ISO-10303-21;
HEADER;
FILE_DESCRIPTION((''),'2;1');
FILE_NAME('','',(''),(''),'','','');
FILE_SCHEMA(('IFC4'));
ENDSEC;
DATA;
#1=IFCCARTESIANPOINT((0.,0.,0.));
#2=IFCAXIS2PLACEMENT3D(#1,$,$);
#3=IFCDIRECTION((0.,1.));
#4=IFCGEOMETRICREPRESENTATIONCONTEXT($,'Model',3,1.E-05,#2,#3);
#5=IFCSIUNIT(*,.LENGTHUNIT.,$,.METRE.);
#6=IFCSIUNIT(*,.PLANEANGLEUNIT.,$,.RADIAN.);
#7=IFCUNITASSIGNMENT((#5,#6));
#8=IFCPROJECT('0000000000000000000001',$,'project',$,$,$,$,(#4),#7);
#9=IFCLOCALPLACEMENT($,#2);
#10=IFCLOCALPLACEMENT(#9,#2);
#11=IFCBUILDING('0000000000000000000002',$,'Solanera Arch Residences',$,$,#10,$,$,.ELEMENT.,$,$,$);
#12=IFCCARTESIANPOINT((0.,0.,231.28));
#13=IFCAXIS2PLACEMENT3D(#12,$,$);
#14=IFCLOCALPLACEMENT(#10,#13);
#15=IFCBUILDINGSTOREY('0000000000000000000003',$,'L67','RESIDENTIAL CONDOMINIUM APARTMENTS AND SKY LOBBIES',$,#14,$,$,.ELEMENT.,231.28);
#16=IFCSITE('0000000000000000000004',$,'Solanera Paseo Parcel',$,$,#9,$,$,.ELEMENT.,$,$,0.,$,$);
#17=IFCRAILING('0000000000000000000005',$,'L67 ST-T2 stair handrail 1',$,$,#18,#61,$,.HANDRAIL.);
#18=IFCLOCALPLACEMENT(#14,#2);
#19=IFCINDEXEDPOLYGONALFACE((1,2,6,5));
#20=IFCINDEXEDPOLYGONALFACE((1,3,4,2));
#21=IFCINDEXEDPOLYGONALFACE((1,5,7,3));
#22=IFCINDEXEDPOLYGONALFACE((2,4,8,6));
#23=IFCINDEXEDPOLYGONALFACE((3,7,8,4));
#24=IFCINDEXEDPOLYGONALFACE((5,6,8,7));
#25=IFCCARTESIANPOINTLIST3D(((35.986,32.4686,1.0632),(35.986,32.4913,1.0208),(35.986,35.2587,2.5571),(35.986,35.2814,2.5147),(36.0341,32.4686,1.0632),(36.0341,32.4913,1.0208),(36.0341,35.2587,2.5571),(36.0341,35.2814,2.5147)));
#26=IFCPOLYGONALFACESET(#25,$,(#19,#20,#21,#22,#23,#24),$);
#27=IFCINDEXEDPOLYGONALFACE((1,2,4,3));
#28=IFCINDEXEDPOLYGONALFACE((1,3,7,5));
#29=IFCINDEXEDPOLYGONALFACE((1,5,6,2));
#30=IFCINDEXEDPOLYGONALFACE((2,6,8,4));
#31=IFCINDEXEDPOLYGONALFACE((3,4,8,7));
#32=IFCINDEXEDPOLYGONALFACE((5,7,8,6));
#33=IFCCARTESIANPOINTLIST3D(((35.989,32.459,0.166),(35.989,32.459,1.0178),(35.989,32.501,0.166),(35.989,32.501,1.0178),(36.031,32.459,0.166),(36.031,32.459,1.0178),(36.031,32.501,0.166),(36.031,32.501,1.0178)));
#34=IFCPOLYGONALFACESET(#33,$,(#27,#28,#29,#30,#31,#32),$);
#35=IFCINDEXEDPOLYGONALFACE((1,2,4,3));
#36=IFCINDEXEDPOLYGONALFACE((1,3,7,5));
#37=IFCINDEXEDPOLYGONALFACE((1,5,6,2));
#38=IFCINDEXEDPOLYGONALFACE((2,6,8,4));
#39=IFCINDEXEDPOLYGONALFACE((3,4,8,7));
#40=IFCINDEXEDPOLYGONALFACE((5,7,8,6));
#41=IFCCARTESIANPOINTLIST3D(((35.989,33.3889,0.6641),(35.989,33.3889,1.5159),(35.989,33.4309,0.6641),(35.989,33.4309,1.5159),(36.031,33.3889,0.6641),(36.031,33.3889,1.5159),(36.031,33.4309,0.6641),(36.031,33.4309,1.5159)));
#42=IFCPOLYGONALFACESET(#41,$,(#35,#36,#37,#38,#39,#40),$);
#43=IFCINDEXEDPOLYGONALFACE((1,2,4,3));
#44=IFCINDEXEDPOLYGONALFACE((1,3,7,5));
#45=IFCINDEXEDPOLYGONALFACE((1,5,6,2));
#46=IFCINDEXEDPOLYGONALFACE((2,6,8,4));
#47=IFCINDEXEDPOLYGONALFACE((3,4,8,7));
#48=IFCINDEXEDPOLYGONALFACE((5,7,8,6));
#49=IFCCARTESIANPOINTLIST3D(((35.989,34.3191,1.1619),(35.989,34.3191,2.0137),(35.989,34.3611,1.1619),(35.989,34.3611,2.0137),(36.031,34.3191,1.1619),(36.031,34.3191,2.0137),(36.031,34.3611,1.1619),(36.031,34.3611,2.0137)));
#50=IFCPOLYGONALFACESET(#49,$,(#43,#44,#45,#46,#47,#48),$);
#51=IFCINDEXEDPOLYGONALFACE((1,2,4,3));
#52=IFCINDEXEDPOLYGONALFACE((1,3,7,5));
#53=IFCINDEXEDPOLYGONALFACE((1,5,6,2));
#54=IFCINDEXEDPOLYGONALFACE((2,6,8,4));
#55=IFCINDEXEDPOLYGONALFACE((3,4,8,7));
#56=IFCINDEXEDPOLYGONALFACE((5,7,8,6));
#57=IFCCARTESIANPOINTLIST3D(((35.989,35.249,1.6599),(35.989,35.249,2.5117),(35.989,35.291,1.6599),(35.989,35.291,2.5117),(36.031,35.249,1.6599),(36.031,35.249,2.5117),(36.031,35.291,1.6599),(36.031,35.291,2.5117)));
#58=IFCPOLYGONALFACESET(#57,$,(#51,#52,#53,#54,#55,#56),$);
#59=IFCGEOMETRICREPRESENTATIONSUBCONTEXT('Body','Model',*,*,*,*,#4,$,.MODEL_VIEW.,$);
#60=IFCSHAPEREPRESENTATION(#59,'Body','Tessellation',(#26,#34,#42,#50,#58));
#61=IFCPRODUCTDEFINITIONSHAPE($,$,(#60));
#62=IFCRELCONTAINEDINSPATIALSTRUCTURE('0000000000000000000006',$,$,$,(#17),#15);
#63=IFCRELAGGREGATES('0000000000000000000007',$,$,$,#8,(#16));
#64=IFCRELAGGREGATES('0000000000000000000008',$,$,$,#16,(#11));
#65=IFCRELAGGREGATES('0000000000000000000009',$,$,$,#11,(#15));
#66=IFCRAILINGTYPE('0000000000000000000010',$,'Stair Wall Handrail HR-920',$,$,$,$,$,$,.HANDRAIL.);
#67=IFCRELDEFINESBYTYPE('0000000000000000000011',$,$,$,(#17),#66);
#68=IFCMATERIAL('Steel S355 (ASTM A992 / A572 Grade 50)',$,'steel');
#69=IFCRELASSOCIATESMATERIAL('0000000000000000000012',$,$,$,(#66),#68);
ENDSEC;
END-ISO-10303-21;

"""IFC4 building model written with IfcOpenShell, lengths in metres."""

from ifc_helpers import new_model, si_unit, direction, frame, origin, origin_2d, place, context, subcontext, project, spatial, rectangle, extrude, material, type_object, element, save


model = new_model("IFC4")

# Units and contexts
model_context = context("Model", 3, precision=1e-05, world=origin(), true_north=direction((0.0, 1.0)))
body_context = subcontext(model_context, "Body", "Model", "MODEL_VIEW")
ifc_project = project(units=[si_unit("LENGTHUNIT", "METRE"), si_unit("PLANEANGLEUNIT", "RADIAN")], contexts=[model_context])

# Site, building, storey
site_placement = place(None, origin())
site = spatial("IfcSite", under=ifc_project, at=site_placement, Name="Solanera Paseo Parcel", CompositionType="ELEMENT", RefElevation=0.0)
building_placement = place(site_placement, origin())
building = spatial("IfcBuilding", under=site, at=building_placement, Name="Solanera Arch Residences", CompositionType="ELEMENT")
storey_placement = place(building_placement, frame((0.0, 0.0, 231.28)))
storey = spatial("IfcBuildingStorey", under=building, at=storey_placement, Name="L67", Description="RESIDENTIAL CONDOMINIUM APARTMENTS AND SKY LOBBIES", CompositionType="ELEMENT", Elevation=231.28)

# Railing
ifc_material_1 = material(Name="Steel S355 (ASTM A992 / A572 Grade 50)", Category="steel")
railing_type_1 = type_object("IfcRailingType", Name="Stair Wall Handrail HR-920", PredefinedType="HANDRAIL", material=ifc_material_1)
railing_1_placement = place(storey_placement, frame((36.01, 32.48, 0.166)))
element("IfcRailing", 1, at=railing_1_placement, inside=storey, type_object=railing_type_1, Name="L67 ST-T2 stair handrail 1", PredefinedType="HANDRAIL", context=body_context, shape_type="SweptSolid", body=[
    extrude(rectangle(XDim=0.0481, YDim=0.0481, at=origin_2d()), frame((0.0, 0.0, 0.876), z_axis=(0.0, 0.881581, 0.472033), x_axis=(-1.0, 0.0, 0.0)), (0.0, 0.0, 1.0), 3.1648),
    extrude(rectangle(XDim=0.042, YDim=0.042, at=origin_2d()), origin(), (0.0, 0.0, 1.0), 0.8518),
    extrude(rectangle(XDim=0.042, YDim=0.042, at=origin_2d()), frame((0.0, 0.9299, 0.498)), (0.0, 0.0, 1.0), 0.8518),
    extrude(rectangle(XDim=0.042, YDim=0.042, at=origin_2d()), frame((0.0, 1.8601, 0.9958)), (0.0, 0.0, 1.0), 0.8518),
    extrude(rectangle(XDim=0.042, YDim=0.042, at=origin_2d()), frame((0.0, 2.79, 1.4939)), (0.0, 0.0, 1.0), 0.8518),
])

save(model, "model.ifc")
